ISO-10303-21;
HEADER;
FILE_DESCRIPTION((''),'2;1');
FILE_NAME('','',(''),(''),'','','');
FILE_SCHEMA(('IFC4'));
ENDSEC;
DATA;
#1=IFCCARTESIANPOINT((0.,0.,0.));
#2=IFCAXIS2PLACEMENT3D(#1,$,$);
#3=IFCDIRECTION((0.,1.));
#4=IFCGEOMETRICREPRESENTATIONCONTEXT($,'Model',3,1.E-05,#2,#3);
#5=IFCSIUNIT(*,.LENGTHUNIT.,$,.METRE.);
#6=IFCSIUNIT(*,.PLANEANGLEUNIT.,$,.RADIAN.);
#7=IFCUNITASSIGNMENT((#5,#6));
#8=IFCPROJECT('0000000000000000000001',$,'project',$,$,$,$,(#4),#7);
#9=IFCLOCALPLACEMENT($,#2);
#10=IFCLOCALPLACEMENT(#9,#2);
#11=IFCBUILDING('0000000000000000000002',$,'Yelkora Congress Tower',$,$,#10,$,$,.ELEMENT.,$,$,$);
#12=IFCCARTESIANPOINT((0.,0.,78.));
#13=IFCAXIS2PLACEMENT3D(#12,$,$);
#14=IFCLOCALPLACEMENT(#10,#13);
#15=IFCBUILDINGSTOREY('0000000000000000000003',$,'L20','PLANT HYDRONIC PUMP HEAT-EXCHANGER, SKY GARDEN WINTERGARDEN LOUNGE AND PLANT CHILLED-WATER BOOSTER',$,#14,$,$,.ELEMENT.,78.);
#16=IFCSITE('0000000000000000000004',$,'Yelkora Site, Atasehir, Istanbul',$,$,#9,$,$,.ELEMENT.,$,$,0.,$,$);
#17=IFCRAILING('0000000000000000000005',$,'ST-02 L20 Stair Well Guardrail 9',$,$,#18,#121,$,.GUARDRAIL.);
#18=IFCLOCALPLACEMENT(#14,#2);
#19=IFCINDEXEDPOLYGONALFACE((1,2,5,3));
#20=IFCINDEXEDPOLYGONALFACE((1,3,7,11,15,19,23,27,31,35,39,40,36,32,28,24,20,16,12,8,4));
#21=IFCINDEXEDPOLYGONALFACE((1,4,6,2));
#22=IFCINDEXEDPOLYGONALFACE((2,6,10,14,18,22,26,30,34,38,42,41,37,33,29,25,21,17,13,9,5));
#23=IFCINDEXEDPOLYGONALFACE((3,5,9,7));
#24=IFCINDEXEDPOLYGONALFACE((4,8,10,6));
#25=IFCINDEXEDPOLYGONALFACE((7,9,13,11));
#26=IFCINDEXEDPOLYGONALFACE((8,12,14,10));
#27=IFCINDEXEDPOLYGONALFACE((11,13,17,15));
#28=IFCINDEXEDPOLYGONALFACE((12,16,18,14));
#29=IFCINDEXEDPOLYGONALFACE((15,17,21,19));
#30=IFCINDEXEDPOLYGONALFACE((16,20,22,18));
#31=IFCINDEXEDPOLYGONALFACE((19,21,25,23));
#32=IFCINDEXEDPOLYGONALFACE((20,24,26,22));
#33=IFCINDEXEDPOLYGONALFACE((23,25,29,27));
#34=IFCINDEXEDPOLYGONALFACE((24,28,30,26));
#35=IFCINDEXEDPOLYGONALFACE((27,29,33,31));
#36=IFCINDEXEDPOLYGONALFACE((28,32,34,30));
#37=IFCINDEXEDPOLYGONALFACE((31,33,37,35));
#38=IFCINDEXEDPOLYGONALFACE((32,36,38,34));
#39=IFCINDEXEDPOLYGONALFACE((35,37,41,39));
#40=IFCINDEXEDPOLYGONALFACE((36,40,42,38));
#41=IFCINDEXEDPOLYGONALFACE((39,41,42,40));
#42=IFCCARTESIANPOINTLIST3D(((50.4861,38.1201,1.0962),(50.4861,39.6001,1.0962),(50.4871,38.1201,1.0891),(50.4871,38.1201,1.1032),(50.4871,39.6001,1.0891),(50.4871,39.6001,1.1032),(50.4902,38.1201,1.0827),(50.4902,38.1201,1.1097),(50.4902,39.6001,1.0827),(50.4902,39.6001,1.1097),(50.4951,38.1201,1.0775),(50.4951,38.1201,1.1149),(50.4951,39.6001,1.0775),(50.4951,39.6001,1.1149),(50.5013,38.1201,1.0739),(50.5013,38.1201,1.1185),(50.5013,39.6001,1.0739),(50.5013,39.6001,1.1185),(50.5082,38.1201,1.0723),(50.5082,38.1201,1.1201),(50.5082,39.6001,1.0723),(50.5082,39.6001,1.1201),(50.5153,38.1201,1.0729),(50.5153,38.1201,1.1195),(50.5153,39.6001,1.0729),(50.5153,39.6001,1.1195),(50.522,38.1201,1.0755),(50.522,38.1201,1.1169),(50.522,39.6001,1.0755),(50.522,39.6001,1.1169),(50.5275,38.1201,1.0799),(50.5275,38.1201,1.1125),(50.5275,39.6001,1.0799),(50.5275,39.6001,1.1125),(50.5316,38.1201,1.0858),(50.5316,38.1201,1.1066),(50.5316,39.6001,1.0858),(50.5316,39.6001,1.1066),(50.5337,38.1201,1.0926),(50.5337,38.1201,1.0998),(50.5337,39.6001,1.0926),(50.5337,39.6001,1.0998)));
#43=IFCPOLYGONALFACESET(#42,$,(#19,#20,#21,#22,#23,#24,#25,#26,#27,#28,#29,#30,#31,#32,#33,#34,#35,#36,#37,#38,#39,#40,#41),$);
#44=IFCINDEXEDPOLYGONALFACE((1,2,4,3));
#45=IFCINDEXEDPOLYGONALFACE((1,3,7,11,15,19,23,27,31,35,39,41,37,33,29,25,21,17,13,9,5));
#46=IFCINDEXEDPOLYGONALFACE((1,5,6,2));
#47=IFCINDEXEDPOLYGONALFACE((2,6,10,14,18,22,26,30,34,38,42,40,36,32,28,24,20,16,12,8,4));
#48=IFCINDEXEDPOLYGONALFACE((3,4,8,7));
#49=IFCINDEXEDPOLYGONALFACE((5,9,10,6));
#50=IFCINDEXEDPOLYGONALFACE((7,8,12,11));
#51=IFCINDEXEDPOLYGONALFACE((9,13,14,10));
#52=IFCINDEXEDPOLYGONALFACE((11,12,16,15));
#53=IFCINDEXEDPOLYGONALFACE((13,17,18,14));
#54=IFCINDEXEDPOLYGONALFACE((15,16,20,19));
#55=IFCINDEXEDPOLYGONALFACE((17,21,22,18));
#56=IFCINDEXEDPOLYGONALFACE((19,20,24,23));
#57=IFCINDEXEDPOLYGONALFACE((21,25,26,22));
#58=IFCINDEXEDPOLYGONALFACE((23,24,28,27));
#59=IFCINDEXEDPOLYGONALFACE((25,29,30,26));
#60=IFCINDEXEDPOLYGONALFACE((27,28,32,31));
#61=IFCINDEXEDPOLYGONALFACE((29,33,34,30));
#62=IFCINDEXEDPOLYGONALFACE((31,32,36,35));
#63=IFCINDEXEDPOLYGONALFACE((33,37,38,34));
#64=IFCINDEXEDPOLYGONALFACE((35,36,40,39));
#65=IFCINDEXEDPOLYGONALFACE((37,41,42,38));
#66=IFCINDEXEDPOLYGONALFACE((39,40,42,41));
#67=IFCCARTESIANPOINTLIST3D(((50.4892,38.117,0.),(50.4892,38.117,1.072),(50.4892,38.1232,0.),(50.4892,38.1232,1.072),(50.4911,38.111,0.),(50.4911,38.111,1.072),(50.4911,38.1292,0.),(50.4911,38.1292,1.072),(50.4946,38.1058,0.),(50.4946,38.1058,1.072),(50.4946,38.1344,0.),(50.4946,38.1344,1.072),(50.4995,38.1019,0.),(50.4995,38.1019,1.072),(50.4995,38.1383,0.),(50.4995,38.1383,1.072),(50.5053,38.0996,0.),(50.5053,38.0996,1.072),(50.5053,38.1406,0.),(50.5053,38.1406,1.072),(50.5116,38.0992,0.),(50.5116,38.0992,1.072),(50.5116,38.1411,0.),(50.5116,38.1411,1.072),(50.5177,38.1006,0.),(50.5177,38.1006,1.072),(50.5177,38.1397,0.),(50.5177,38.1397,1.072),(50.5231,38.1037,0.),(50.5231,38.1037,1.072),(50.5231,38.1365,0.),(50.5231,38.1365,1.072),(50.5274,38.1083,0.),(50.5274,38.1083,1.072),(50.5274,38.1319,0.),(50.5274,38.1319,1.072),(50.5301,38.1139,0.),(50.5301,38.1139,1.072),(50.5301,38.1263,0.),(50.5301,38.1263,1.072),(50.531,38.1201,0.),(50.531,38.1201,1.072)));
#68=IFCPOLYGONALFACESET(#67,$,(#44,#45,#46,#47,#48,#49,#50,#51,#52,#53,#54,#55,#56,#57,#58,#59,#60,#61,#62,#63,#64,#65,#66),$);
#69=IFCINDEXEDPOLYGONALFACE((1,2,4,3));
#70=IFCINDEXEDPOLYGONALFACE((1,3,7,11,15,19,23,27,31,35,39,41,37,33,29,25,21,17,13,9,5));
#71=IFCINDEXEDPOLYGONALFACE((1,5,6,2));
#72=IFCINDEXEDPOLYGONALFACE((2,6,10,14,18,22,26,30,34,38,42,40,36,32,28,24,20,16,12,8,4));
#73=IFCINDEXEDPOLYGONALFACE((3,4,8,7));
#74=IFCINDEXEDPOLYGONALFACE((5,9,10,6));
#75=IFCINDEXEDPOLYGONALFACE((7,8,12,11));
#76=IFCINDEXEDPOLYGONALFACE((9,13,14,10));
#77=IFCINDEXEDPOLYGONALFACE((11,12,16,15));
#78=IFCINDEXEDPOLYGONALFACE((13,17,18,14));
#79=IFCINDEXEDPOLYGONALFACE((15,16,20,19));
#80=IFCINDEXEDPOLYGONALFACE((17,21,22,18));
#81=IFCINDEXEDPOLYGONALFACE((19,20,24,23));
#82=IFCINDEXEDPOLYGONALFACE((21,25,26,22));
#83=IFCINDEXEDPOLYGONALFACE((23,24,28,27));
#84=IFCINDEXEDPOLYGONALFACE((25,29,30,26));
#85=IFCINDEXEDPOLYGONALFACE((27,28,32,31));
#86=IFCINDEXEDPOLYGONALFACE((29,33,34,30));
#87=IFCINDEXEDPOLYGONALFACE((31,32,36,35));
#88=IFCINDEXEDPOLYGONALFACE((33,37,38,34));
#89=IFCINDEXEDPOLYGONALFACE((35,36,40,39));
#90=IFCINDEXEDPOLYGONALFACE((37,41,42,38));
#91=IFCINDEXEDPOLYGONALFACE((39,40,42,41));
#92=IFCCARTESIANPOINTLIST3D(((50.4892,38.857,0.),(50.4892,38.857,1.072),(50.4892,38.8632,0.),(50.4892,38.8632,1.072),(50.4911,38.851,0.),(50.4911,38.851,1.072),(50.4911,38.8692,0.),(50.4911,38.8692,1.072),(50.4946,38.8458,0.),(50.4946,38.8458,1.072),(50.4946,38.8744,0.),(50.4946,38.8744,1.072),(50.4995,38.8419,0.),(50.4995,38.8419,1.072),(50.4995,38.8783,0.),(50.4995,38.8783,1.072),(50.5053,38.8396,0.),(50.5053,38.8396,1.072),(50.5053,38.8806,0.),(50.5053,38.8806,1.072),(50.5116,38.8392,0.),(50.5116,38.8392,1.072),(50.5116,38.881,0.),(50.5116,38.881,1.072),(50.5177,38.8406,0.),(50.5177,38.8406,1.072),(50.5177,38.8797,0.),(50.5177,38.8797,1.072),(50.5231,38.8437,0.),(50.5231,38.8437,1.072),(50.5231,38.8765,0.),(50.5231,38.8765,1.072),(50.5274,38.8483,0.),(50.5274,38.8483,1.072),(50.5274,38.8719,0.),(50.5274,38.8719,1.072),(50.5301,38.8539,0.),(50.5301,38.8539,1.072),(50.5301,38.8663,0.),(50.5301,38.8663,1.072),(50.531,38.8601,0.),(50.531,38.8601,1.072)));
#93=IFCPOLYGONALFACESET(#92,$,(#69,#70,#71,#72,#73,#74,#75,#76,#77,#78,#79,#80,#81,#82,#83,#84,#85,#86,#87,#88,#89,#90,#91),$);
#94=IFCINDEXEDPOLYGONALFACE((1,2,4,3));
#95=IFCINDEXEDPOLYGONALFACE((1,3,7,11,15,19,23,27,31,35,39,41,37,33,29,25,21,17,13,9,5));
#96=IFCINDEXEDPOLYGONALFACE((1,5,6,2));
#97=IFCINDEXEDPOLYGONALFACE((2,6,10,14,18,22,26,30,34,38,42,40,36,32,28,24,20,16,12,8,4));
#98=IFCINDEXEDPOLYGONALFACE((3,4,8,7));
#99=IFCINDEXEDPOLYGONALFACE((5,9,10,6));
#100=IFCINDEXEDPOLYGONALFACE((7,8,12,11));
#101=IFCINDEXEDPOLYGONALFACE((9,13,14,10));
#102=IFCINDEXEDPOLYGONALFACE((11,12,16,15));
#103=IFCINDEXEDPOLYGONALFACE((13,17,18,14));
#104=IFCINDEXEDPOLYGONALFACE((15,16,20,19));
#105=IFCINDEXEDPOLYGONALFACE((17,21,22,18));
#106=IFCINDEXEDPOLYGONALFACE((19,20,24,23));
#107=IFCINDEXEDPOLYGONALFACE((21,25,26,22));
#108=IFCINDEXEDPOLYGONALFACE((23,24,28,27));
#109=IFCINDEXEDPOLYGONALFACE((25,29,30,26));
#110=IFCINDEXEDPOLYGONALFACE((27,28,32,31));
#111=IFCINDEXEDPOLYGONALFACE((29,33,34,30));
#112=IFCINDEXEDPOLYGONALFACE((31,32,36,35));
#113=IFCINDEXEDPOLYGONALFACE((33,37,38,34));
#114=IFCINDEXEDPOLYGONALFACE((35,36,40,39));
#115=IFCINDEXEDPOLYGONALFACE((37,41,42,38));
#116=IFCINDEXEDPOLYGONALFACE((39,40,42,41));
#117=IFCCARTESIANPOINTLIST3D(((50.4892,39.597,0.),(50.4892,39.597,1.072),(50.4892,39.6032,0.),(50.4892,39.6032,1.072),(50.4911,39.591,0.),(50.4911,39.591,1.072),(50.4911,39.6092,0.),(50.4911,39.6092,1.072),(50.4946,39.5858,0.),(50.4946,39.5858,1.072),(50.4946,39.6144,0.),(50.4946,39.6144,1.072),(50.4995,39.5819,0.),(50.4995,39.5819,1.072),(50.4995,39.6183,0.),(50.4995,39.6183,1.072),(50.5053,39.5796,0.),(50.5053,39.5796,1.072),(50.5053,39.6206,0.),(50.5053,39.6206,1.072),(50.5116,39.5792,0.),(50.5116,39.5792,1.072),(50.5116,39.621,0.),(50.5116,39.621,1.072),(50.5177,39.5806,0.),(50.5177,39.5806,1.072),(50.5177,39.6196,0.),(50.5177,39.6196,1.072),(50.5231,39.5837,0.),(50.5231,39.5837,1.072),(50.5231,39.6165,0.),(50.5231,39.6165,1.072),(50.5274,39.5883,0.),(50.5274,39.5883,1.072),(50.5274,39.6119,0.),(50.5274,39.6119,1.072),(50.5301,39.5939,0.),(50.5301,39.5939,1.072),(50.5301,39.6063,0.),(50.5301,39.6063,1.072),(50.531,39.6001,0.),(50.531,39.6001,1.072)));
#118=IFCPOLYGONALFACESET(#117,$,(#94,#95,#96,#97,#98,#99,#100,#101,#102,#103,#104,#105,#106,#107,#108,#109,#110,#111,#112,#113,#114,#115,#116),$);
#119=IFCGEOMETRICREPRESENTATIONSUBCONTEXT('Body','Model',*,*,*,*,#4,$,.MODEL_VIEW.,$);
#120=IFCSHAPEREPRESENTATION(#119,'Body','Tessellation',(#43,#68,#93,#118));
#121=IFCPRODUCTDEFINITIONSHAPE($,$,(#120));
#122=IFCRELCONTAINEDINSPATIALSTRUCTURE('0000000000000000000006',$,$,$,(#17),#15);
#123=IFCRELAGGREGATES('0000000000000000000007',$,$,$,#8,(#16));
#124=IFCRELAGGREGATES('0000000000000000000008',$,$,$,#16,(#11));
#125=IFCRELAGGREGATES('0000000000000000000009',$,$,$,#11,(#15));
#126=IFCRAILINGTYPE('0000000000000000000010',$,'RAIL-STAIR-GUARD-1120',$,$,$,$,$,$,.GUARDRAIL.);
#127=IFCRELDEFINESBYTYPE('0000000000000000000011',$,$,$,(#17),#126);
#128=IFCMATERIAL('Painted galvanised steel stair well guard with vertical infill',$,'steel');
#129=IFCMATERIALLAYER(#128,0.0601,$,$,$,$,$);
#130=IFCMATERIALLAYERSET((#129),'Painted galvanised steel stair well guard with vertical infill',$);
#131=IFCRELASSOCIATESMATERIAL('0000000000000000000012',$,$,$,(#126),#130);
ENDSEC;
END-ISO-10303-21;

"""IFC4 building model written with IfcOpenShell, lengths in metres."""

from ifc_helpers import new_model, si_unit, direction, frame, origin, origin_2d, place, context, subcontext, project, spatial, circle, extrude, material, layer, layer_set, type_object, element, save


model = new_model("IFC4")

# Units and contexts
model_context = context("Model", 3, precision=1e-05, world=origin(), true_north=direction((0.0, 1.0)))
body_context = subcontext(model_context, "Body", "Model", "MODEL_VIEW")
ifc_project = project(units=[si_unit("LENGTHUNIT", "METRE"), si_unit("PLANEANGLEUNIT", "RADIAN")], contexts=[model_context])

# Site, building, storey
site_placement = place(None, origin())
site = spatial("IfcSite", under=ifc_project, at=site_placement, Name="Yelkora Site, Atasehir, Istanbul", CompositionType="ELEMENT", RefElevation=0.0)
building_placement = place(site_placement, origin())
building = spatial("IfcBuilding", under=site, at=building_placement, Name="Yelkora Congress Tower", CompositionType="ELEMENT")
storey_placement = place(building_placement, frame((0.0, 0.0, 78.0)))
storey = spatial("IfcBuildingStorey", under=building, at=storey_placement, Name="L20", Description="PLANT HYDRONIC PUMP HEAT-EXCHANGER, SKY GARDEN WINTERGARDEN LOUNGE AND PLANT CHILLED-WATER BOOSTER", CompositionType="ELEMENT", Elevation=78.0)

# Railing
ifc_material_1 = material(Name="Painted galvanised steel stair well guard with vertical infill", Category="steel")
ifc_layer_1 = layer(ifc_material_1, 0.0601)
ifc_layer_set_1 = layer_set([ifc_layer_1], Name="Painted galvanised steel stair well guard with vertical infill")
railing_type_1 = type_object("IfcRailingType", Name="RAIL-STAIR-GUARD-1120", PredefinedType="GUARDRAIL", material=ifc_layer_set_1)
for number, where, name in (
    (1, (50.51, 38.1201, 0.0), "ST-02 L20 Stair Well Guardrail 9"),
):
    element("IfcRailing", number, at=place(storey_placement, frame(where)), inside=storey, type_object=railing_type_1, Name=name, PredefinedType="GUARDRAIL", context=body_context, shape_type="SweptSolid", body=[
        extrude(circle(Radius=0.0239, at=origin_2d()), frame((0.0, 0.0, 1.0962), z_axis=(0.0, 1.0, 0.0), x_axis=(-1.0, 0.0, 0.0)), (0.0, 0.0, 1.0), 1.48),
        extrude(circle(Radius=0.021, at=origin_2d()), origin(), (0.0, 0.0, 1.0), 1.072),
        extrude(circle(Radius=0.021, at=origin_2d()), frame((0.0, 0.74, 0.0)), (0.0, 0.0, 1.0), 1.072),
        extrude(circle(Radius=0.021, at=origin_2d()), frame((0.0, 1.48, 0.0)), (0.0, 0.0, 1.0), 1.072),
    ])

save(model, "model.ifc")
